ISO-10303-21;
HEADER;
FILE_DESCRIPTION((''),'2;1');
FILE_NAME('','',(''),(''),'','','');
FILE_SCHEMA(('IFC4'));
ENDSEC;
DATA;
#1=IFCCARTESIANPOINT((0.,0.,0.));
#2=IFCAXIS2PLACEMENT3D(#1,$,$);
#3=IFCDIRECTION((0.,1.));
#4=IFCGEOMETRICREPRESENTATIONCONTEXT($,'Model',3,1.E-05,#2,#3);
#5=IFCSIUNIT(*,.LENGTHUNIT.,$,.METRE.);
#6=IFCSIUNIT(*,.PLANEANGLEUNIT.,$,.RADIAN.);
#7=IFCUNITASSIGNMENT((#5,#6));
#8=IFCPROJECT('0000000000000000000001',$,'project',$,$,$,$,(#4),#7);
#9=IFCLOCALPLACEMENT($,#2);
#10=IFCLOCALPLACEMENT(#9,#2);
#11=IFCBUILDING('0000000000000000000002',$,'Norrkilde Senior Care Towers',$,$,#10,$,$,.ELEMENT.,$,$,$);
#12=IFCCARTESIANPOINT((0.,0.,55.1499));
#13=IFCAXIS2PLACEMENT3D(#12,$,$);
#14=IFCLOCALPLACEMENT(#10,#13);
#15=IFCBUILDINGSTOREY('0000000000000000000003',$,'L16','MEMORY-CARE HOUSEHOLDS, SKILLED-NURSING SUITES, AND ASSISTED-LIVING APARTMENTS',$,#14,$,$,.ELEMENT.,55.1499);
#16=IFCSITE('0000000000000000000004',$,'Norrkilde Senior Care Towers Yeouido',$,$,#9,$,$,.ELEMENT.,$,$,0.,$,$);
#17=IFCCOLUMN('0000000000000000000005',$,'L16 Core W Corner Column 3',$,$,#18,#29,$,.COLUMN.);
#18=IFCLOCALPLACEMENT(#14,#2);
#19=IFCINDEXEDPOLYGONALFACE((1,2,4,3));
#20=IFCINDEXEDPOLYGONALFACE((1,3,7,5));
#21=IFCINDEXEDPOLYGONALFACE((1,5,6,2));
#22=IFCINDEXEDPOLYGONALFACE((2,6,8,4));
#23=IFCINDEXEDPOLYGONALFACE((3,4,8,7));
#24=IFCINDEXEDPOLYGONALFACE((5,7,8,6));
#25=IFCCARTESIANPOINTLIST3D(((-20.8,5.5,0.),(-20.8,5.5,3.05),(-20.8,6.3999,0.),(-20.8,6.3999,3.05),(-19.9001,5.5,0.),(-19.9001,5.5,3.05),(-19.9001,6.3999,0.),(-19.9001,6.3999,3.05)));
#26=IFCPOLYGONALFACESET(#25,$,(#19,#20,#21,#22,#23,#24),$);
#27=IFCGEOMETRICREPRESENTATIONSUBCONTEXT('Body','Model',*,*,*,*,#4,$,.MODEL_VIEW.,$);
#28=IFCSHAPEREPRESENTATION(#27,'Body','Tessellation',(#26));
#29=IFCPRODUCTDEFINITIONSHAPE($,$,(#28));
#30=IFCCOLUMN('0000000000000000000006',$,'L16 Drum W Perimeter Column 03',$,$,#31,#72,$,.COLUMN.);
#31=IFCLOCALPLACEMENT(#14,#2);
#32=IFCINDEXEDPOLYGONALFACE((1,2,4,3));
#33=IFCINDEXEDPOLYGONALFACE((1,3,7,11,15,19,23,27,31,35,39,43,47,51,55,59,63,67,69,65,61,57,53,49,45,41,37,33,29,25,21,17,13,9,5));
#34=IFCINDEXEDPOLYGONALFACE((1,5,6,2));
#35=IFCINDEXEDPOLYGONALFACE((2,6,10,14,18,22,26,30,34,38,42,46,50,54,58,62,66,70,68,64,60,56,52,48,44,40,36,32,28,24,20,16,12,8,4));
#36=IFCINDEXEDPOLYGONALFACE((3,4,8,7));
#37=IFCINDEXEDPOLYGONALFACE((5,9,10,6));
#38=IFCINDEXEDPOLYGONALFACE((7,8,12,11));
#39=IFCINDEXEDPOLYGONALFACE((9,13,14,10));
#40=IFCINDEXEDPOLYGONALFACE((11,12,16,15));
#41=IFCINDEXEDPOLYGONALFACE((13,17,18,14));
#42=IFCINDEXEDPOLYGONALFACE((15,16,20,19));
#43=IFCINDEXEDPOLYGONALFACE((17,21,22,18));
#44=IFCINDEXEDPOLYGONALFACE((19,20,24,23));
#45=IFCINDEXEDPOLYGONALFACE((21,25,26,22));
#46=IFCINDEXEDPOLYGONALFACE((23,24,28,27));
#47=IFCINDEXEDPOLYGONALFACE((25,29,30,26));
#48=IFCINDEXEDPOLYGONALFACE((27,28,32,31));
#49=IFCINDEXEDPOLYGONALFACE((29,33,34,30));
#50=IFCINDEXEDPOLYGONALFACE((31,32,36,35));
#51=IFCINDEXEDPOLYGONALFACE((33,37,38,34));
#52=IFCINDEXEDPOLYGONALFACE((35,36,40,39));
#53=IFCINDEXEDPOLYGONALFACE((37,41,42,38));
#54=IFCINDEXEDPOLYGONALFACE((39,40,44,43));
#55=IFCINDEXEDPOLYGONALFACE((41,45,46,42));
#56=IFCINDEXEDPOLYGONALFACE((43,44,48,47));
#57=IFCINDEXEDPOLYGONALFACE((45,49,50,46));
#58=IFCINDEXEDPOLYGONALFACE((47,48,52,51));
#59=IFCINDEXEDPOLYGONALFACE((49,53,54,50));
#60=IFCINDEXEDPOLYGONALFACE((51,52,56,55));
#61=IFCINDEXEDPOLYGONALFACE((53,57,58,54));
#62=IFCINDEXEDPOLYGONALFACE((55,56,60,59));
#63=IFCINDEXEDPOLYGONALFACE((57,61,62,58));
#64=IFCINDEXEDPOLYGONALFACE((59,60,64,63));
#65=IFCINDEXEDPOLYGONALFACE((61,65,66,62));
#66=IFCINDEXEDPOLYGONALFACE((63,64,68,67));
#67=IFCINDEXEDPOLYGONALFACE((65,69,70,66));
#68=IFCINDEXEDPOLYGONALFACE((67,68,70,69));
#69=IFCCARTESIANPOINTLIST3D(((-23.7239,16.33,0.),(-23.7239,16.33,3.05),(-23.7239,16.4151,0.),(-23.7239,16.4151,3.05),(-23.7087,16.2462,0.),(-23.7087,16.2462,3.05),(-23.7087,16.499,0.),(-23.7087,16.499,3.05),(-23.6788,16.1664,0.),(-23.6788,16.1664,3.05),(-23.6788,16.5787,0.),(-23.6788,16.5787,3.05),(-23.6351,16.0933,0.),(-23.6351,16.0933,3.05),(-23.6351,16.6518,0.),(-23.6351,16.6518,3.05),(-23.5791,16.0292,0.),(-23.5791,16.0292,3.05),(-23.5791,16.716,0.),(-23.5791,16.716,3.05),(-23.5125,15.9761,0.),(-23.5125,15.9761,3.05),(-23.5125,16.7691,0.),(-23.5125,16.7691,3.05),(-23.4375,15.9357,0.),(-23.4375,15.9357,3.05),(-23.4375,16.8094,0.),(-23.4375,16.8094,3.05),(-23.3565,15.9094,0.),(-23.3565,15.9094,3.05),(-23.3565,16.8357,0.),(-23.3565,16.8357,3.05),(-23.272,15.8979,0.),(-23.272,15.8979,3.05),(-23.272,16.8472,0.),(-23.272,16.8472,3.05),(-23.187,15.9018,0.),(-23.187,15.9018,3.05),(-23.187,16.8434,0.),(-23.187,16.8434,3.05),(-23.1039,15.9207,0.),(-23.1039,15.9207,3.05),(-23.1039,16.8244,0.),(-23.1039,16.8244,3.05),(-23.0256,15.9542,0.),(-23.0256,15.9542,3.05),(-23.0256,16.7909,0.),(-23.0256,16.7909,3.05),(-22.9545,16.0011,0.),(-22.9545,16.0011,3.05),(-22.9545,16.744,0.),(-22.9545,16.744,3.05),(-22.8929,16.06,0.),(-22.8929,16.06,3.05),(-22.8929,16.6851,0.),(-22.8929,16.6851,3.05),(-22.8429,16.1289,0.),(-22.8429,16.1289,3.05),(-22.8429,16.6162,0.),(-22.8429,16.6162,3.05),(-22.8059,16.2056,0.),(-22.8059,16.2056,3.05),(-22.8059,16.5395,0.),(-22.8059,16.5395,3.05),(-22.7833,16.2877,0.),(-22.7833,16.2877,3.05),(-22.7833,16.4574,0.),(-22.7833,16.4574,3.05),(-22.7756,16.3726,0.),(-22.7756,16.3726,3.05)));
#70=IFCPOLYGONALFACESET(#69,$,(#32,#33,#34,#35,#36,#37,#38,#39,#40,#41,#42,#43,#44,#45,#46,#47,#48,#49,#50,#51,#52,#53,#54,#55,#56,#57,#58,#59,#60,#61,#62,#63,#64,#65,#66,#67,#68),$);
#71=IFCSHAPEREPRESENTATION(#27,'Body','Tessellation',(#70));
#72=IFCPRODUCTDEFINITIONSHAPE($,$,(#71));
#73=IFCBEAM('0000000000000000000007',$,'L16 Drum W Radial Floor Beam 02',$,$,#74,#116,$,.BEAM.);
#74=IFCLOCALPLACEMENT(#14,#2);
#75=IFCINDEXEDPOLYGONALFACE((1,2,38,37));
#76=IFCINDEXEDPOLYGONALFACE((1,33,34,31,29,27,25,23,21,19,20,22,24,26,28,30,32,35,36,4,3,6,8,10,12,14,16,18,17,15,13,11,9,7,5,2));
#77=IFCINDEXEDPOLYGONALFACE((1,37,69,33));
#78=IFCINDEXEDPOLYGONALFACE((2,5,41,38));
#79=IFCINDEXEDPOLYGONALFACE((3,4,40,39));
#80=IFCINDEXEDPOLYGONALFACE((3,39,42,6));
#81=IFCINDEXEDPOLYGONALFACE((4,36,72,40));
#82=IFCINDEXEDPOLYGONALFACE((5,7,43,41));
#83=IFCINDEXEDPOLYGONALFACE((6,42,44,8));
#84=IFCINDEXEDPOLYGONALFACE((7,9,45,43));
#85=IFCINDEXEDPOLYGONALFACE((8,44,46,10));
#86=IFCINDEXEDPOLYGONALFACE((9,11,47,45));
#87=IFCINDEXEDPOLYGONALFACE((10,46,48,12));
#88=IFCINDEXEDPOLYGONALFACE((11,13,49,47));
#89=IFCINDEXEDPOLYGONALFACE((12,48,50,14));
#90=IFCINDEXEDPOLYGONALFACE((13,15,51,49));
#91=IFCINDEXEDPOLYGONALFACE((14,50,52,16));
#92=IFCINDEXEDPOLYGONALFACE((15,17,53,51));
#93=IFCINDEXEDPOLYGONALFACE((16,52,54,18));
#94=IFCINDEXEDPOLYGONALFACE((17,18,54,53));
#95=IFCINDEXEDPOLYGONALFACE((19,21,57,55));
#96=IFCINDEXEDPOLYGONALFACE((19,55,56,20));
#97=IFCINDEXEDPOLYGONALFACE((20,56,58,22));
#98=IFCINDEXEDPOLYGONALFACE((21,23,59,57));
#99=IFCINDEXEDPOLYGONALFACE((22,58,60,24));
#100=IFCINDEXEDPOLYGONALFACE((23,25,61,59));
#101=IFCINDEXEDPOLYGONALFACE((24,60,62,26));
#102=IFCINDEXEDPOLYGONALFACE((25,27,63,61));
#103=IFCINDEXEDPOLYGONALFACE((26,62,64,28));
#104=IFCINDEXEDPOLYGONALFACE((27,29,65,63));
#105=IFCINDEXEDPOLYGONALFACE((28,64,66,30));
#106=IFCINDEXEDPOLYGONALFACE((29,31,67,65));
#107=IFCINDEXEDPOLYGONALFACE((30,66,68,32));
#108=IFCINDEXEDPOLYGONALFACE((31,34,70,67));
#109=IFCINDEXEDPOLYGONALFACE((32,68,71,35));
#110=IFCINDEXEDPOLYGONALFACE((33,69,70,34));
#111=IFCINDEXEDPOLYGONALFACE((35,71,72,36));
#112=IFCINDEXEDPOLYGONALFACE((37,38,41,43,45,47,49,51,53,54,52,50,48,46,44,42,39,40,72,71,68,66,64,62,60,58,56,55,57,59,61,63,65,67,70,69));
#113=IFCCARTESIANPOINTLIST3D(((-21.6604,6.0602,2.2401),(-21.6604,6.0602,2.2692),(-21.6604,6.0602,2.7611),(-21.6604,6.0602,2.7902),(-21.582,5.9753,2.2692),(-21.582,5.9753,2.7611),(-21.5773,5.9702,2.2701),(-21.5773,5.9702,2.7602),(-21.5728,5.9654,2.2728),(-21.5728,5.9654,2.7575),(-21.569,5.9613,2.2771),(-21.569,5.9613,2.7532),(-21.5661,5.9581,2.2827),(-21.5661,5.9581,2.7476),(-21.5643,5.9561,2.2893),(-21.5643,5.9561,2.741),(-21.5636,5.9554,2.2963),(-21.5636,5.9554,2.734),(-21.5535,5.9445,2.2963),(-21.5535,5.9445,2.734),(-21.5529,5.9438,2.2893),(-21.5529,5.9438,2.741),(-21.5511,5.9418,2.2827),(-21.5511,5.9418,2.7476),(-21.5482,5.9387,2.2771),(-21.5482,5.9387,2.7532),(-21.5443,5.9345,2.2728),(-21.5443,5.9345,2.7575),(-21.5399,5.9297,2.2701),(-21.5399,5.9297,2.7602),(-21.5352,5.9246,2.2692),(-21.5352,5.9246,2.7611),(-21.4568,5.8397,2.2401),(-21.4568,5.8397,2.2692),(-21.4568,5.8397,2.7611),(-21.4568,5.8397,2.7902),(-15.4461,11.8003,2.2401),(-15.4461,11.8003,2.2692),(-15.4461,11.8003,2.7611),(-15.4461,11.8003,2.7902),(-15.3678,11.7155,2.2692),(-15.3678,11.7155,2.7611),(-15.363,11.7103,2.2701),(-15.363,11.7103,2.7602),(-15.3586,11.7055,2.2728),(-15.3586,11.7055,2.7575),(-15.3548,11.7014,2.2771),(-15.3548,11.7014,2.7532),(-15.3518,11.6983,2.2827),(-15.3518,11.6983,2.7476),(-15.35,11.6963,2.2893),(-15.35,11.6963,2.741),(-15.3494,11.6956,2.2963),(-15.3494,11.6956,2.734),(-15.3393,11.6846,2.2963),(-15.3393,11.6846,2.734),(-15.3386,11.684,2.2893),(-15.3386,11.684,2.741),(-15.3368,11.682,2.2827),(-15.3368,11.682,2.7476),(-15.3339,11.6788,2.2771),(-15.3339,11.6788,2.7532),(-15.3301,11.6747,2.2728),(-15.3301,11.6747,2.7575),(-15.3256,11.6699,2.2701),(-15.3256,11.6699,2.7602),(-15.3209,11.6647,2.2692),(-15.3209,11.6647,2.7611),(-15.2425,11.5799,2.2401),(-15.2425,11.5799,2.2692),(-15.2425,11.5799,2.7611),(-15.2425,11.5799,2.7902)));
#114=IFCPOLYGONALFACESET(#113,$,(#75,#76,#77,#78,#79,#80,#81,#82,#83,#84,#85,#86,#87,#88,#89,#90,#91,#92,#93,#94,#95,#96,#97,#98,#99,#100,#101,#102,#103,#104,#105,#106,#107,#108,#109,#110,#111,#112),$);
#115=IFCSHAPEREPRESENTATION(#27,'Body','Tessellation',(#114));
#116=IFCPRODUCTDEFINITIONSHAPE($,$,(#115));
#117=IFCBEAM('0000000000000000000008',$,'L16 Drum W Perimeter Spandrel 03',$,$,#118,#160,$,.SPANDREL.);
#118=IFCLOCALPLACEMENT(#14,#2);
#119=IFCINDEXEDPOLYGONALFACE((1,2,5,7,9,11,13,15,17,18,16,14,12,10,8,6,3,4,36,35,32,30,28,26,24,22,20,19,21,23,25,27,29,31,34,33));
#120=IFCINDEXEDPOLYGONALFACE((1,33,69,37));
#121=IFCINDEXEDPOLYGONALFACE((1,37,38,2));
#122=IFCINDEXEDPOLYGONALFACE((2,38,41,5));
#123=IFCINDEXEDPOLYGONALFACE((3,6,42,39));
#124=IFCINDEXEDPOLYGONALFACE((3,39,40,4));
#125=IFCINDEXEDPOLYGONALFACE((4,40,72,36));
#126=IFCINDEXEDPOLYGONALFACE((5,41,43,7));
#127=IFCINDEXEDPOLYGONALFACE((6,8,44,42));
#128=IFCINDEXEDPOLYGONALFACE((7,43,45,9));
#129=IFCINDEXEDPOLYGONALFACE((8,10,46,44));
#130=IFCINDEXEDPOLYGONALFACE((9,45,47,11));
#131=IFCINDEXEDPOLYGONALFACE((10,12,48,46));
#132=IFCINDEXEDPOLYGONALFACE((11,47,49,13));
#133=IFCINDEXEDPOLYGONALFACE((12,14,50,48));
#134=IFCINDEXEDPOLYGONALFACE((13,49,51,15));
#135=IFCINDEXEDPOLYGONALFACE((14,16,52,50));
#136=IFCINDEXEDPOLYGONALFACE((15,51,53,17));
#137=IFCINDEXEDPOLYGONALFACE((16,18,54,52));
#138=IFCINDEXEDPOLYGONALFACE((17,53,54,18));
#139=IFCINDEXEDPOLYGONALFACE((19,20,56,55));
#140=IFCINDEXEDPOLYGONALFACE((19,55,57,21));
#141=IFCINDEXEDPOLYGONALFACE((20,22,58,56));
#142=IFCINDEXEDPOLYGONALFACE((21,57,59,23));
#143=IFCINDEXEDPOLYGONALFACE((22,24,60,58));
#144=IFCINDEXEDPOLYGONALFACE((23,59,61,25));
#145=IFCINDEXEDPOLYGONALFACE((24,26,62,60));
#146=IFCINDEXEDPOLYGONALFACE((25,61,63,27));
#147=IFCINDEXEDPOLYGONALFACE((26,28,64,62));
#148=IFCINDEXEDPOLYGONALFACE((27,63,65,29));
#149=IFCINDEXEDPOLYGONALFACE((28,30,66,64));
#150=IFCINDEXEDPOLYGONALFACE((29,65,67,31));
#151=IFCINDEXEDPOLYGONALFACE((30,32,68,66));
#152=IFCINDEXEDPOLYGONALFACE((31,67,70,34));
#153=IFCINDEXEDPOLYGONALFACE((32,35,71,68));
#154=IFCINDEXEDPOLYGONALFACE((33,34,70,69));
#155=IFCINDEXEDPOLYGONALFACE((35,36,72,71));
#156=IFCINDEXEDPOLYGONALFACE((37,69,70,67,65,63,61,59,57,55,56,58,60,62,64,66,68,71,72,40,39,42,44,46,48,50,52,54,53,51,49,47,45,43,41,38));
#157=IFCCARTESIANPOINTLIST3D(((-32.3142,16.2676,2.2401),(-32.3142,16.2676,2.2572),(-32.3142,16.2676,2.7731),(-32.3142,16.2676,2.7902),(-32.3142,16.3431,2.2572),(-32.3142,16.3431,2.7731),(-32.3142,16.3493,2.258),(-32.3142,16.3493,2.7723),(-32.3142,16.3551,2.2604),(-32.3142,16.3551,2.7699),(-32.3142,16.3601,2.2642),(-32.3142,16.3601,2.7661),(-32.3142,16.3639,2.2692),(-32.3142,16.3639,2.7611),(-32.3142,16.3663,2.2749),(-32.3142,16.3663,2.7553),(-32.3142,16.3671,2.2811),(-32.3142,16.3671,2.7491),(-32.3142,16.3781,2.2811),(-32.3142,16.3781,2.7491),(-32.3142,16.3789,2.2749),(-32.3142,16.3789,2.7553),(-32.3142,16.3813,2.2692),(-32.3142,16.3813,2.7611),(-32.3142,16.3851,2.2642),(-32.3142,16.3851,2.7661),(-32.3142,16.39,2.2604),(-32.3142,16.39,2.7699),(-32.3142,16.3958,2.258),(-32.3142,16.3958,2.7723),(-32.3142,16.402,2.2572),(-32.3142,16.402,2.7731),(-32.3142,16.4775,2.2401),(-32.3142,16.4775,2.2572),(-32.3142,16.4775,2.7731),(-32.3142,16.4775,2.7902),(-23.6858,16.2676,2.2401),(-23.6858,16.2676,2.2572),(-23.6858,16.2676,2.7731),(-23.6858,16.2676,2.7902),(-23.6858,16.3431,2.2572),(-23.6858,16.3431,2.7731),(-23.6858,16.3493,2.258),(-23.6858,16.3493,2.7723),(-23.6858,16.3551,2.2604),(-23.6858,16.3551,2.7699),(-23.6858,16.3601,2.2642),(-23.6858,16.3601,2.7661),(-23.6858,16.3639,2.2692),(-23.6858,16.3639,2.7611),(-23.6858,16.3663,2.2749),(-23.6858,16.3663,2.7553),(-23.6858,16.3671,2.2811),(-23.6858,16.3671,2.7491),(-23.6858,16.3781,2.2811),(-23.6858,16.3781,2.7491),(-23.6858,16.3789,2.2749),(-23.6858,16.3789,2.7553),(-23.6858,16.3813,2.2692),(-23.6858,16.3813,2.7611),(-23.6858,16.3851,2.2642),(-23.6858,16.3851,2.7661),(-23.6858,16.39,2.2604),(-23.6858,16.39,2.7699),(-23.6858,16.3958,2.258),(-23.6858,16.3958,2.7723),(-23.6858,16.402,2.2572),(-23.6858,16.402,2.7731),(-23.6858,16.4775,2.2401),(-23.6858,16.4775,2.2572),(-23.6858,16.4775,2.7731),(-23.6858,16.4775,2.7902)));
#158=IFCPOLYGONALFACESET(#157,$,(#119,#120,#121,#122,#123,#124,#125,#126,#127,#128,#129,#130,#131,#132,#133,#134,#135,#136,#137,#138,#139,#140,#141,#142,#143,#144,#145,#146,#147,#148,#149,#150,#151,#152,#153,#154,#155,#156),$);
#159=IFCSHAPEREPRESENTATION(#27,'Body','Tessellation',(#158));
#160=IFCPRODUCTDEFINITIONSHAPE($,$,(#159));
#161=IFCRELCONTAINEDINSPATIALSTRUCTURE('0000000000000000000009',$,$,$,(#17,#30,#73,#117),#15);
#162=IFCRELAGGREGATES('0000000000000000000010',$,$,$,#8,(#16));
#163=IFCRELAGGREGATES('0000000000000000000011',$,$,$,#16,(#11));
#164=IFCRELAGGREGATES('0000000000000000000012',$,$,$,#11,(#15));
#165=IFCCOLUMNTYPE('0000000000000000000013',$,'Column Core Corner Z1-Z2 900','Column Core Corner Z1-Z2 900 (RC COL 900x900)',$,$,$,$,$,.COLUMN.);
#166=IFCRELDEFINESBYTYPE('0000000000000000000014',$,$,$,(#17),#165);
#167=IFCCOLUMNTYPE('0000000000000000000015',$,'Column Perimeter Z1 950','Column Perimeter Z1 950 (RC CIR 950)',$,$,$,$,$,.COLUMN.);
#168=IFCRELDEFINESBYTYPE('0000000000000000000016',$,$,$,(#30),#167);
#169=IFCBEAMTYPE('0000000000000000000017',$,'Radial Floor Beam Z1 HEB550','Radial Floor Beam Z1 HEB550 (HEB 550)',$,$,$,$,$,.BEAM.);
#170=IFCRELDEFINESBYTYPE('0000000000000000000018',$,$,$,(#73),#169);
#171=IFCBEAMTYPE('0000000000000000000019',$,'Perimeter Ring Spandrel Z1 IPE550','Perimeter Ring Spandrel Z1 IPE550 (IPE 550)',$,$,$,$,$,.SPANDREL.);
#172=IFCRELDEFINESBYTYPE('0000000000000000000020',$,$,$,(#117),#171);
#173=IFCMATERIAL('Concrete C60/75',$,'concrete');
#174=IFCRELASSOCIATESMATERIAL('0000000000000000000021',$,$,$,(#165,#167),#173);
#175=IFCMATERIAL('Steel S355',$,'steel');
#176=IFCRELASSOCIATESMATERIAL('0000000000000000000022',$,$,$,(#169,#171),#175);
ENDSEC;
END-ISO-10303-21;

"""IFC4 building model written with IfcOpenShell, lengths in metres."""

from ifc_helpers import new_model, si_unit, direction, frame, origin, origin_2d, place, context, subcontext, project, spatial, rectangle, circle, i_section, extrude, source, transform, mapped, material, material_profile, profile_set, type_object, type_shapes, element, save


model = new_model("IFC4")

# Units and contexts
model_context = context("Model", 3, precision=1e-05, world=origin(), true_north=direction((0.0, 1.0)))
body_context = subcontext(model_context, "Body", "Model", "MODEL_VIEW")
ifc_project = project(units=[si_unit("LENGTHUNIT", "METRE"), si_unit("PLANEANGLEUNIT", "RADIAN")], contexts=[model_context])

# Site, building, storey
site_placement = place(None, origin())
site = spatial("IfcSite", under=ifc_project, at=site_placement, Name="Norrkilde Senior Care Towers Yeouido", CompositionType="ELEMENT", RefElevation=0.0)
building_placement = place(site_placement, origin())
building = spatial("IfcBuilding", under=site, at=building_placement, Name="Norrkilde Senior Care Towers", CompositionType="ELEMENT")
storey_placement = place(building_placement, frame((0.0, 0.0, 55.1499)))
storey = spatial("IfcBuildingStorey", under=building, at=storey_placement, Name="L16", Description="MEMORY-CARE HOUSEHOLDS, SKILLED-NURSING SUITES, AND ASSISTED-LIVING APARTMENTS", CompositionType="ELEMENT", Elevation=55.1499)

# Columns
ifc_material_1 = material(Name="Concrete C60/75", Category="concrete")
ifc_material_profile_1 = material_profile(ifc_material_1, rectangle(XDim=0.8999, YDim=0.8999, at=origin_2d()), Name="RC COL 900x900")
ifc_profile_set_1 = profile_set([ifc_material_profile_1], Name="Concrete C60/75")
column_type_1 = type_object("IfcColumnType", Name="Column Core Corner Z1-Z2 900", Description="Column Core Corner Z1-Z2 900 (RC COL 900x900)", PredefinedType="COLUMN", material=ifc_profile_set_1)
shared_shape_1 = source(origin(), body_context, "Body", "SweptSolid", [
    extrude(rectangle(XDim=0.8999, YDim=0.8999, at=origin_2d()), origin(), (0.0, 0.0, 1.0), 3.05),
])
type_shapes(column_type_1, [shared_shape_1])
column_1_placement = place(storey_placement, frame((-20.3501, 5.95, 0.0), z_axis=(0.0, 0.0, 1.0), x_axis=(1.0, 0.0, 0.0)))
element("IfcColumn", 1, at=column_1_placement, inside=storey, type_object=column_type_1, Name="L16 Core W Corner Column 3", PredefinedType="COLUMN", context=body_context, shape_type="MappedRepresentation", body=[
    mapped(shared_shape_1, transform((0.0, 0.0, 0.0), x_axis=(1.0, 0.0, 0.0), y_axis=(0.0, 1.0, 0.0), z_axis=(0.0, 0.0, 1.0), scale=1.0)),
])
ifc_material_profile_2 = material_profile(ifc_material_1, circle(Radius=0.4751, at=origin_2d()), Name="RC CIR 950")
ifc_profile_set_2 = profile_set([ifc_material_profile_2], Name="Concrete C60/75")
column_type_2 = type_object("IfcColumnType", Name="Column Perimeter Z1 950", Description="Column Perimeter Z1 950 (RC CIR 950)", PredefinedType="COLUMN", material=ifc_profile_set_2)
shared_shape_2 = source(origin(), body_context, "Body", "SweptSolid", [
    extrude(circle(Radius=0.4751, at=origin_2d()), origin(), (0.0, 0.0, 1.0), 3.05),
])
type_shapes(column_type_2, [shared_shape_2])
column_2_placement = place(storey_placement, frame((-23.2507, 16.3726, 0.0), z_axis=(0.0, 0.0, 1.0), x_axis=(1.0, 0.0, 0.0)))
element("IfcColumn", 2, at=column_2_placement, inside=storey, type_object=column_type_2, Name="L16 Drum W Perimeter Column 03", PredefinedType="COLUMN", context=body_context, shape_type="MappedRepresentation", body=[
    mapped(shared_shape_2, transform((0.0, 0.0, 0.0), x_axis=(1.0, 0.0, 0.0), y_axis=(0.0, 1.0, 0.0), z_axis=(0.0, 0.0, 1.0), scale=1.0)),
])

# Beams
ifc_material_2 = material(Name="Steel S355", Category="steel")
ifc_material_profile_3 = material_profile(ifc_material_2, i_section(OverallWidth=0.3, OverallDepth=0.55, WebThickness=0.0149, FlangeThickness=0.0291, FilletRadius=0.0271, at=origin_2d()), Name="HEB 550")
ifc_profile_set_3 = profile_set([ifc_material_profile_3], Name="Steel S355")
beam_type_1 = type_object("IfcBeamType", Name="Radial Floor Beam Z1 HEB550", Description="Radial Floor Beam Z1 HEB550 (HEB 550)", PredefinedType="BEAM", material=ifc_profile_set_3)
shared_shape_3 = source(origin(), body_context, "Body", "SweptSolid", [
    extrude(i_section(OverallWidth=0.3, OverallDepth=0.55, WebThickness=0.0149, FlangeThickness=0.0291, FilletRadius=0.0271, at=origin_2d()), origin(), (0.0, 0.0, 1.0), 8.4597),
])
beam_1_placement = place(storey_placement, frame((-21.5586, 5.95, 2.5151), z_axis=(0.734573, 0.678529, 0.0), x_axis=(-0.678529, 0.734573, 0.0)))
element("IfcBeam", 3, at=beam_1_placement, inside=storey, type_object=beam_type_1, Name="L16 Drum W Radial Floor Beam 02", PredefinedType="BEAM", context=body_context, shape_type="MappedRepresentation", body=[
    mapped(shared_shape_3, transform((0.0, 0.0, 0.0), x_axis=(1.0, 0.0, 0.0), y_axis=(0.0, 1.0, 0.0), z_axis=(0.0, 0.0, 1.0), scale=1.0)),
])
ifc_material_profile_4 = material_profile(ifc_material_2, i_section(OverallWidth=0.21, OverallDepth=0.55, WebThickness=0.011, FlangeThickness=0.0171, FilletRadius=0.0239, at=origin_2d()), Name="IPE 550")
ifc_profile_set_4 = profile_set([ifc_material_profile_4], Name="Steel S355")
beam_type_2 = type_object("IfcBeamType", Name="Perimeter Ring Spandrel Z1 IPE550", Description="Perimeter Ring Spandrel Z1 IPE550 (IPE 550)", PredefinedType="SPANDREL", material=ifc_profile_set_4)
shared_shape_4 = source(origin(), body_context, "Body", "SweptSolid", [
    extrude(i_section(OverallWidth=0.21, OverallDepth=0.55, WebThickness=0.011, FlangeThickness=0.0171, FilletRadius=0.0239, at=origin_2d()), origin(), (0.0, 0.0, 1.0), 8.6284),
])
type_shapes(beam_type_2, [shared_shape_4])
beam_2_placement = place(storey_placement, frame((-23.6858, 16.3726, 2.5151), z_axis=(-1.0, 0.0, 0.0), x_axis=(0.0, -1.0, 0.0)))
element("IfcBeam", 4, at=beam_2_placement, inside=storey, type_object=beam_type_2, Name="L16 Drum W Perimeter Spandrel 03", PredefinedType="SPANDREL", context=body_context, shape_type="MappedRepresentation", body=[
    mapped(shared_shape_4, transform((0.0, 0.0, 0.0), x_axis=(1.0, 0.0, 0.0), y_axis=(0.0, 1.0, 0.0), z_axis=(0.0, 0.0, 1.0), scale=1.0)),
])

save(model, "model.ifc")
